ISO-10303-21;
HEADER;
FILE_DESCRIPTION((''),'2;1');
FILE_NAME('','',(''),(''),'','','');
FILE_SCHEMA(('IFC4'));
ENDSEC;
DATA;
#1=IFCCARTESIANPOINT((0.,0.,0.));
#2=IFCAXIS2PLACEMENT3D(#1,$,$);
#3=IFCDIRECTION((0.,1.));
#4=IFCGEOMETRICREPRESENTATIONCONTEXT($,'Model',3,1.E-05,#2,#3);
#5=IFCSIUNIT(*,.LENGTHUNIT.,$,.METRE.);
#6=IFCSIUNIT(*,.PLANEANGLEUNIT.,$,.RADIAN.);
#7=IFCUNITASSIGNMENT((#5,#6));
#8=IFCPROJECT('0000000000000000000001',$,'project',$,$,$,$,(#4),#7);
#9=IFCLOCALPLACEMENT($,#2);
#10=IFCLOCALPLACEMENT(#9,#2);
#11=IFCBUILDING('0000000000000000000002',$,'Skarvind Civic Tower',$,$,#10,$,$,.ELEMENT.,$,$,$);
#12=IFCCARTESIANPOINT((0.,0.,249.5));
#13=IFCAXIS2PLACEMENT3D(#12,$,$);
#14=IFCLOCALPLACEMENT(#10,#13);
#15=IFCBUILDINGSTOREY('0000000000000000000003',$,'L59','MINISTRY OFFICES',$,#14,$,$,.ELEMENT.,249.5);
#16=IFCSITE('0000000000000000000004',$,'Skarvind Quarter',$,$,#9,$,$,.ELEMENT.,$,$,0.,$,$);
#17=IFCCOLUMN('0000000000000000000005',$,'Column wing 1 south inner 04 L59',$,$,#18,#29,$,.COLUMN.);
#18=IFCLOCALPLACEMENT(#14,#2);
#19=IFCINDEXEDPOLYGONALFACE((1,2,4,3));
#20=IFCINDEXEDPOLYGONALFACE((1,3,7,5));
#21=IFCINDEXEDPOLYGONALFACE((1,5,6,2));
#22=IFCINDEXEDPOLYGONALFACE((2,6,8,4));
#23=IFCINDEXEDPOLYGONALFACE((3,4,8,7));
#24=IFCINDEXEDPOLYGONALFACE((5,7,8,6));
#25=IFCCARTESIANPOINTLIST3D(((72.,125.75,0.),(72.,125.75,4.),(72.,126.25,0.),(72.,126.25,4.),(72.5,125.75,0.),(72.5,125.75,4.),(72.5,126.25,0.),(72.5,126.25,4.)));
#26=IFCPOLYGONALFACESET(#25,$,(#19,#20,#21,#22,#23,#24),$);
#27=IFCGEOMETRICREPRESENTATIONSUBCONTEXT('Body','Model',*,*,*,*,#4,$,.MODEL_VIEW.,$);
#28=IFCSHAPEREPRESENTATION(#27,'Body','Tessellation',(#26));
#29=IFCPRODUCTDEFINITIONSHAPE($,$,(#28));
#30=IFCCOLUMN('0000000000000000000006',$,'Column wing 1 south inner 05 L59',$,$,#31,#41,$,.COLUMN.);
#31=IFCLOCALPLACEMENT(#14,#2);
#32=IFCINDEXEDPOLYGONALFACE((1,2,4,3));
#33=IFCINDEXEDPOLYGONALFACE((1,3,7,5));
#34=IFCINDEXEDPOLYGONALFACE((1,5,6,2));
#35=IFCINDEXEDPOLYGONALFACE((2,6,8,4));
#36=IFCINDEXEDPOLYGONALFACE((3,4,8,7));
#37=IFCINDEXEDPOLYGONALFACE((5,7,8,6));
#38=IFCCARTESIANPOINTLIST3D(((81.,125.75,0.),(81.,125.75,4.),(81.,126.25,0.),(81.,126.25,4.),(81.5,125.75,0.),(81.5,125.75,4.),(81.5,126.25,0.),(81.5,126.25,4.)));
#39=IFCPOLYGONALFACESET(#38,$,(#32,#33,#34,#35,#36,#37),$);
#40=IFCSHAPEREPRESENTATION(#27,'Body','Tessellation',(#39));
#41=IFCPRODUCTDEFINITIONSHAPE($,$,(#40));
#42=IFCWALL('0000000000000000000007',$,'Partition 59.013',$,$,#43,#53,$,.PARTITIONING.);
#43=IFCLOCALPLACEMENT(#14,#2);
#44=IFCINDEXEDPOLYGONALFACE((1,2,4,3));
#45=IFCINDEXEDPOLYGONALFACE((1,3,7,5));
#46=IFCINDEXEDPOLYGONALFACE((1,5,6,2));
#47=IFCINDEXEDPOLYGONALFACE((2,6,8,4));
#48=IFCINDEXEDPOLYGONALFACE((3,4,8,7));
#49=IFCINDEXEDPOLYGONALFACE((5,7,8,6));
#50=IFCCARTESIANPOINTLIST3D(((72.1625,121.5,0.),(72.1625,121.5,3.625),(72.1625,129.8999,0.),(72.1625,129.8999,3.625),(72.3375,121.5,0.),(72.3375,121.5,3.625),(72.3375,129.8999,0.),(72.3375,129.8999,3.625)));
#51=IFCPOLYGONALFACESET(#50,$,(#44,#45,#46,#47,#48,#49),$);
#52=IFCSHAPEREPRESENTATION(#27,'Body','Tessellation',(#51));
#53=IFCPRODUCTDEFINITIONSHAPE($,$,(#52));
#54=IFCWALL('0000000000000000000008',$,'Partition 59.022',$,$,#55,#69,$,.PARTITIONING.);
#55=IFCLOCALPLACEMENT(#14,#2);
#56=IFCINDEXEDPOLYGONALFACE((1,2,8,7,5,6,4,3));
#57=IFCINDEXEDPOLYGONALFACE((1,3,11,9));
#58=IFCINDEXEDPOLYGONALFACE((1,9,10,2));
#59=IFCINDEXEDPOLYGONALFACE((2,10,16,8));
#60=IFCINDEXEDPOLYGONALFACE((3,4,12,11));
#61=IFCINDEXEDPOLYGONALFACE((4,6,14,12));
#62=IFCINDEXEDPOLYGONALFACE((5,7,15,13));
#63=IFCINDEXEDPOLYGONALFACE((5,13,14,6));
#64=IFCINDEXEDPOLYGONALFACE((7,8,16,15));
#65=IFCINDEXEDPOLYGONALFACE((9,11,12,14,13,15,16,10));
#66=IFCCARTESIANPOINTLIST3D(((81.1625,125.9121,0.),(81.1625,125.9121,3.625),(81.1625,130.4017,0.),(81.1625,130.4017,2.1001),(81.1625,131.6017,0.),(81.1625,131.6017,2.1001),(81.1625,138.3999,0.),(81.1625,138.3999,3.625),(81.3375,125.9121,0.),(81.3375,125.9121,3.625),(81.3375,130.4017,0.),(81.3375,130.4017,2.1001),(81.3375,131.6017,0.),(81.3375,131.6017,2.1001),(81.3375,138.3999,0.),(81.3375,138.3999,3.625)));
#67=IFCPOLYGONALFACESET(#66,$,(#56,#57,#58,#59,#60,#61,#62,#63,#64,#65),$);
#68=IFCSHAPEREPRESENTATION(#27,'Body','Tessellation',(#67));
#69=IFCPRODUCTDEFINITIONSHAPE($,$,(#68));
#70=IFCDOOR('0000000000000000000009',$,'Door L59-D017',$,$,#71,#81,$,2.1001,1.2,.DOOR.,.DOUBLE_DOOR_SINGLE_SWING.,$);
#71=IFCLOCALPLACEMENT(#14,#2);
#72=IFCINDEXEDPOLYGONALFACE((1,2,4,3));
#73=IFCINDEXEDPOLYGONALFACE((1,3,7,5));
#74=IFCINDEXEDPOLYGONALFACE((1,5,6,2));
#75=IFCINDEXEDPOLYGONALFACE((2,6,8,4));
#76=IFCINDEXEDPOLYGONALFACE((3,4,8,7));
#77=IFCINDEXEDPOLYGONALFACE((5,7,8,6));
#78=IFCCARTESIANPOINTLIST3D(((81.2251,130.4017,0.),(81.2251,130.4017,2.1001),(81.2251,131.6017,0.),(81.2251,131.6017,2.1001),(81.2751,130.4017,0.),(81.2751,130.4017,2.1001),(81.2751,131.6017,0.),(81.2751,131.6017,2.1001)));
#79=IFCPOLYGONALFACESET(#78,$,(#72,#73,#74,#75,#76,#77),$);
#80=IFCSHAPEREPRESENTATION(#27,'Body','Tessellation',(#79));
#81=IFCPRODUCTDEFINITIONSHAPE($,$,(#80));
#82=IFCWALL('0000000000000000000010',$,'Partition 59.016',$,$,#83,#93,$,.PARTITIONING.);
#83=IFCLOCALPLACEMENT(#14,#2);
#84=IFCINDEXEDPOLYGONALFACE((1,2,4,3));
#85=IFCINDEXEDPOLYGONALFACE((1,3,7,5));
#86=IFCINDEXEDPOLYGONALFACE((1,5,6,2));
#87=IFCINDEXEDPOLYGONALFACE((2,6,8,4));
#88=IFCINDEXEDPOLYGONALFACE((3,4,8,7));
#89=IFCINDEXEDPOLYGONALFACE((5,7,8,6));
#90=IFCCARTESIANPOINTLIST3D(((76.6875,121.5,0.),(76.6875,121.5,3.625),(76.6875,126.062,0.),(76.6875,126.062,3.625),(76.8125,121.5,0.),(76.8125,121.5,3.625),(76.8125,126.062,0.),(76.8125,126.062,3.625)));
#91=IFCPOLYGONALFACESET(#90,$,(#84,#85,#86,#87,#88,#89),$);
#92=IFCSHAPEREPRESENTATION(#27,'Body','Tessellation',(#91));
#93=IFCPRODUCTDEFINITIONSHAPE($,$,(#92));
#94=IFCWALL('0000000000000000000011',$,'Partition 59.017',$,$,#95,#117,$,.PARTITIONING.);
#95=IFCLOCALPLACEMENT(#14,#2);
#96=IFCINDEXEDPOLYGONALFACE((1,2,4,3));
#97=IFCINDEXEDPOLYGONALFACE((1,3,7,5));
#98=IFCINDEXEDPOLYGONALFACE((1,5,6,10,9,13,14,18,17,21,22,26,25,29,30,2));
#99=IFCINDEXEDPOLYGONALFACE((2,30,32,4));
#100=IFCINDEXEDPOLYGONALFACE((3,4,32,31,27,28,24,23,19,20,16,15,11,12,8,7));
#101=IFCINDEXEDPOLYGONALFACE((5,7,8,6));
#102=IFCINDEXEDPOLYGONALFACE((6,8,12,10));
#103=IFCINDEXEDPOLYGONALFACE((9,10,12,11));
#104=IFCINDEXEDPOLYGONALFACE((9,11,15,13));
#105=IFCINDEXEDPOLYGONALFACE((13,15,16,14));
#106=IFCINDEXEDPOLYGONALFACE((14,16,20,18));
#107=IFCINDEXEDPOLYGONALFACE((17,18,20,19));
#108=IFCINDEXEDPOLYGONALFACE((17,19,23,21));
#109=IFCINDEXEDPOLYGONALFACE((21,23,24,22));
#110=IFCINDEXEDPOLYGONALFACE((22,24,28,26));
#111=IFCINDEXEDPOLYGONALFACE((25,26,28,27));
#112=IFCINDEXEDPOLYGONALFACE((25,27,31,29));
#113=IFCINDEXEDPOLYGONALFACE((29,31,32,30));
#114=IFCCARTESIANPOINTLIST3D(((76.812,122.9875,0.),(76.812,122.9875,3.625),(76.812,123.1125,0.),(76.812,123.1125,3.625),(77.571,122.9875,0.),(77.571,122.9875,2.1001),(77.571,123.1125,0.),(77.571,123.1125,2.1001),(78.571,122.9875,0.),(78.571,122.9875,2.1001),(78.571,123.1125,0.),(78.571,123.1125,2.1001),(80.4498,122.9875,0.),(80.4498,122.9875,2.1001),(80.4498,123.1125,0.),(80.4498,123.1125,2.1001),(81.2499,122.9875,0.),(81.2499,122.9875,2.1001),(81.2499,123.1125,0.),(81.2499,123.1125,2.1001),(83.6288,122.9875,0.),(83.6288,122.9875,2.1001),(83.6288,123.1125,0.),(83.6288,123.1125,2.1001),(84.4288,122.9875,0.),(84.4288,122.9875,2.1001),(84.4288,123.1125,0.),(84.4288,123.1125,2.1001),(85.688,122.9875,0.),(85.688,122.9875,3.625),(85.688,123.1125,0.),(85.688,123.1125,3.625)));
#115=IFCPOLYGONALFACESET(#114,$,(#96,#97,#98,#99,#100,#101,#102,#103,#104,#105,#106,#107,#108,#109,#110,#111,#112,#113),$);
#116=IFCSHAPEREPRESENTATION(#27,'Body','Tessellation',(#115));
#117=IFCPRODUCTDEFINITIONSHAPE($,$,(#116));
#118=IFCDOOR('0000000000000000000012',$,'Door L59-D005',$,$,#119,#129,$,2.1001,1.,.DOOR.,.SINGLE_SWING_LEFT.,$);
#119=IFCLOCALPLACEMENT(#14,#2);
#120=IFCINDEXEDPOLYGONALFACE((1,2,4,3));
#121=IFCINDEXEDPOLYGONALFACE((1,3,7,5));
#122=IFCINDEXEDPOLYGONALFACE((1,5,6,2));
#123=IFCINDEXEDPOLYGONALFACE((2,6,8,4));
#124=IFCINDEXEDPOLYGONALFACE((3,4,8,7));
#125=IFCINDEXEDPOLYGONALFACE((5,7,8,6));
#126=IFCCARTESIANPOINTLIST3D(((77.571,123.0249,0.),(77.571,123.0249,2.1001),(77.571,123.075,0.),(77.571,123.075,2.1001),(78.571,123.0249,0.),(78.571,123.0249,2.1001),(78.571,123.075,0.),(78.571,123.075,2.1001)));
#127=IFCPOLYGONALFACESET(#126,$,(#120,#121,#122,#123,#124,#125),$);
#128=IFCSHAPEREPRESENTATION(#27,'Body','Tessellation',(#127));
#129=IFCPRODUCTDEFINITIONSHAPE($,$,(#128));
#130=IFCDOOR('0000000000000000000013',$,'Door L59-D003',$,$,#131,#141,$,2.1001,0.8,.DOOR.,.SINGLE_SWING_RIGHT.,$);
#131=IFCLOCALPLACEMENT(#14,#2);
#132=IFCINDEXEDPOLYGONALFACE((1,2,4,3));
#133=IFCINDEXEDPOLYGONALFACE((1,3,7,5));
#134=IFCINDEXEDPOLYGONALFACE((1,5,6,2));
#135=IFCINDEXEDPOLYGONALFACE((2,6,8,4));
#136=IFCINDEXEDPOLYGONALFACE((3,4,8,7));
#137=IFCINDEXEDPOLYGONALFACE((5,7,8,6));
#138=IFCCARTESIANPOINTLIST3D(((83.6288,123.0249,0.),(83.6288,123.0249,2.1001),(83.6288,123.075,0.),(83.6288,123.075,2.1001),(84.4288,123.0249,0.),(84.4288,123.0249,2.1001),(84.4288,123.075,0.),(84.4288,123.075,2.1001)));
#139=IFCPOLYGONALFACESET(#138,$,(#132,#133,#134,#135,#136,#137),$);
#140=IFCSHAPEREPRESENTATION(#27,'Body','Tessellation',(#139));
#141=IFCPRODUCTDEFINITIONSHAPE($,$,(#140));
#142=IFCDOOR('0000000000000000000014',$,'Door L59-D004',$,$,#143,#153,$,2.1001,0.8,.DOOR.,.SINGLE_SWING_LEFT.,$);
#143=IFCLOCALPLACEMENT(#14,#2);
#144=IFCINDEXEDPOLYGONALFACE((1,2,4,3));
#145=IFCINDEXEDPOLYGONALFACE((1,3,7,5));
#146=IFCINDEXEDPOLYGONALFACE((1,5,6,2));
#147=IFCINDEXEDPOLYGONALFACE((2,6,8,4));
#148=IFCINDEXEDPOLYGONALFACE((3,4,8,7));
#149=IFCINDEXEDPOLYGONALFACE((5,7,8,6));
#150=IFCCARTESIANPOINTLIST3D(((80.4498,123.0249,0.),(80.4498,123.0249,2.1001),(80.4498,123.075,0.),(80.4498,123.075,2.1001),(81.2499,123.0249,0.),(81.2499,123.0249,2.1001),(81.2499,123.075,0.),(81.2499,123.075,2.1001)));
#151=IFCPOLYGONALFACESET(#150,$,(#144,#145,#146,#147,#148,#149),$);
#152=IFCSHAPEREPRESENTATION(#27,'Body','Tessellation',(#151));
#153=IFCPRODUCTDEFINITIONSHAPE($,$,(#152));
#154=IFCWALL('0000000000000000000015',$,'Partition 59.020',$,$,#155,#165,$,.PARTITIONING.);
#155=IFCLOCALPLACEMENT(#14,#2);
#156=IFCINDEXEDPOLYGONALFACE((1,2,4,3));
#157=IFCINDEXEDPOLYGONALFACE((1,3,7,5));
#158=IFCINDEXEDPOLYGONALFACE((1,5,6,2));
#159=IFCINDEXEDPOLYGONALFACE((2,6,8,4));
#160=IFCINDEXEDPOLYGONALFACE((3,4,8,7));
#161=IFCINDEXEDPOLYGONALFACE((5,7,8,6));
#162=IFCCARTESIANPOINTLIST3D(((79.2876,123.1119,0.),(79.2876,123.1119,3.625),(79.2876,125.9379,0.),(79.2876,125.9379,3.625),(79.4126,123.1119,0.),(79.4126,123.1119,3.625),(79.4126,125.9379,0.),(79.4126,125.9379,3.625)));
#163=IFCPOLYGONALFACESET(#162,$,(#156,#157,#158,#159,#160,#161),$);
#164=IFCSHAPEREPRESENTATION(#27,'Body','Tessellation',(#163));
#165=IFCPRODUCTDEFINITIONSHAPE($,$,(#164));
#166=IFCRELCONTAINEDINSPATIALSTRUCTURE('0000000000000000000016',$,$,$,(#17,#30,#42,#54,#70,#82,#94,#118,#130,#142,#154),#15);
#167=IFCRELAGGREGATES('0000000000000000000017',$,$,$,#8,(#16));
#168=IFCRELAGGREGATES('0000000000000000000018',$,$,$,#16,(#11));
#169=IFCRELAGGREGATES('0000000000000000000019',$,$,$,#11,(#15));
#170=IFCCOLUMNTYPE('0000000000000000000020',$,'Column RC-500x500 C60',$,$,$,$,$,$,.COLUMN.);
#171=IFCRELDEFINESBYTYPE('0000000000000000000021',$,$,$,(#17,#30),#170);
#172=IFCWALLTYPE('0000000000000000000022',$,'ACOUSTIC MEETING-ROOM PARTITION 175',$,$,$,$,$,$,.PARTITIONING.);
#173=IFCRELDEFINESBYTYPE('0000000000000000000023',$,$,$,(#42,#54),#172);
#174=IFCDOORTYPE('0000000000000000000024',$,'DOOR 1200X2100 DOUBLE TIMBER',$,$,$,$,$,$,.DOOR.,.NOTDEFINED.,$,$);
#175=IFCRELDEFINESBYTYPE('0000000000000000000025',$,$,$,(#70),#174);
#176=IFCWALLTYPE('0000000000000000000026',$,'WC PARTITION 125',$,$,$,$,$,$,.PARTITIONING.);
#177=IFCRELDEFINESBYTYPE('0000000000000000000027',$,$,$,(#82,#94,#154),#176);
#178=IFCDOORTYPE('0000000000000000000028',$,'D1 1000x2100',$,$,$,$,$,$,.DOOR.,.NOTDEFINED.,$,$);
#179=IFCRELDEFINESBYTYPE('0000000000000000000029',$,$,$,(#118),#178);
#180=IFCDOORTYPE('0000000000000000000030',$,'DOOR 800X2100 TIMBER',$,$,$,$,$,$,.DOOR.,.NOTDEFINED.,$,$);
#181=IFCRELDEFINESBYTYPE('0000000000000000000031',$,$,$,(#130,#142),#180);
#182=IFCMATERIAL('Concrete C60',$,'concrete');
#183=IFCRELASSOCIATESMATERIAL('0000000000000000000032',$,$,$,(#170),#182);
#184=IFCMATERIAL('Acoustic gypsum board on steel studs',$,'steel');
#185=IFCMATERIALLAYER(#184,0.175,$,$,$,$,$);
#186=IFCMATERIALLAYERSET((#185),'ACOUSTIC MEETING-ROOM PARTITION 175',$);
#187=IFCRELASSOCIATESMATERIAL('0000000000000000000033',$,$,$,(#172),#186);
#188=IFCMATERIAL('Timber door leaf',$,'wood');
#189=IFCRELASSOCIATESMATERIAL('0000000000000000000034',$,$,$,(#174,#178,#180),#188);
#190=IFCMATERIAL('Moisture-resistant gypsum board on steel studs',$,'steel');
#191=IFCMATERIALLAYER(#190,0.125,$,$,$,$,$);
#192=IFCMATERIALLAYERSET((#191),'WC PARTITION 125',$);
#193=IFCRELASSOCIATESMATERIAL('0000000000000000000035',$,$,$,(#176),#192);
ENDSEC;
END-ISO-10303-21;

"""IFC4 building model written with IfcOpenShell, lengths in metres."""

from ifc_helpers import new_model, si_unit, direction, frame, frame_2d, origin, origin_2d, place, context, subcontext, project, spatial, rectangle, extrude, material, layer, layer_set, material_profile, profile_set, type_object, element, fill, save


model = new_model("IFC4")

# Units and contexts
model_context = context("Model", 3, precision=1e-05, world=origin(), true_north=direction((0.0, 1.0)))
body_context = subcontext(model_context, "Body", "Model", "MODEL_VIEW")
ifc_project = project(units=[si_unit("LENGTHUNIT", "METRE"), si_unit("PLANEANGLEUNIT", "RADIAN")], contexts=[model_context])

# Site, building, storey
site_placement = place(None, origin())
site = spatial("IfcSite", under=ifc_project, at=site_placement, Name="Skarvind Quarter", CompositionType="ELEMENT", RefElevation=0.0)
building_placement = place(site_placement, origin())
building = spatial("IfcBuilding", under=site, at=building_placement, Name="Skarvind Civic Tower", CompositionType="ELEMENT")
storey_placement = place(building_placement, frame((0.0, 0.0, 249.5)))
storey = spatial("IfcBuildingStorey", under=building, at=storey_placement, Name="L59", Description="MINISTRY OFFICES", CompositionType="ELEMENT", Elevation=249.5)

# Columns
ifc_material_1 = material(Name="Concrete C60", Category="concrete")
ifc_material_profile = material_profile(ifc_material_1, rectangle(XDim=0.5, YDim=0.5, at=origin_2d()), Name="RC-500x500")
ifc_profile_set = profile_set([ifc_material_profile], Name="Concrete C60")
column_type = type_object("IfcColumnType", Name="Column RC-500x500 C60", PredefinedType="COLUMN", material=ifc_profile_set)
for number, where, z_axis, x_axis, name in (
    (1, (72.25, 126.0, 0.0), (0.0, 0.0, 1.0), (1.0, 0.0, 0.0), "Column wing 1 south inner 04 L59"),
    (2, (81.25, 126.0, 0.0), (0.0, 0.0, 1.0), (1.0, 0.0, 0.0), "Column wing 1 south inner 05 L59"),
):
    element("IfcColumn", number, at=place(storey_placement, frame(where, z_axis=z_axis, x_axis=x_axis)), inside=storey, type_object=column_type, Name=name, PredefinedType="COLUMN", context=body_context, shape_type="SweptSolid", body=[
        extrude(rectangle(XDim=0.5, YDim=0.5, at=origin_2d()), origin(), (0.0, 0.0, 1.0), 4.0),
    ])

# Wall
ifc_material_2 = material(Name="Acoustic gypsum board on steel studs", Category="steel")
ifc_layer_1 = layer(ifc_material_2, 0.175)
ifc_layer_set_1 = layer_set([ifc_layer_1], Name="ACOUSTIC MEETING-ROOM PARTITION 175")
wall_type_1 = type_object("IfcWallType", Name="ACOUSTIC MEETING-ROOM PARTITION 175", PredefinedType="PARTITIONING", material=ifc_layer_set_1)
wall_1_placement = place(storey_placement, frame((72.25, 121.5, 0.0), z_axis=(0.0, 0.0, 1.0), x_axis=(0.0, 1.0, 0.0)))
element("IfcWall", 3, at=wall_1_placement, inside=storey, type_object=wall_type_1, Name="Partition 59.013", PredefinedType="PARTITIONING", context=body_context, shape_type="SweptSolid", body=[
    extrude(rectangle(XDim=8.3999, YDim=0.175, at=frame_2d((4.2, 0.0))), origin(), (0.0, 0.0, 1.0), 3.625),
])

# Wall, opening, door
wall_2_placement = place(storey_placement, frame((81.25, 125.9121, 0.0), z_axis=(0.0, 0.0, 1.0), x_axis=(0.0, 1.0, 0.0)))
wall_2 = element("IfcWall", 4, at=wall_2_placement, inside=storey, type_object=wall_type_1, Name="Partition 59.022", PredefinedType="PARTITIONING", context=body_context, shape_type="SweptSolid", body=[
    extrude(rectangle(XDim=12.4878, YDim=0.175, at=frame_2d((6.2439, 0.0))), origin(), (0.0, 0.0, 1.0), 3.625),
])
opening_1_placement = place(wall_2_placement, frame((4.4895, 0.0, 0.0)))
opening_1 = element("IfcOpeningElement", 5, at=opening_1_placement, cuts=wall_2, PredefinedType="OPENING", context=body_context, shape_type="SweptSolid", body=[
    extrude(rectangle(XDim=1.2, YDim=2.1001, at=frame_2d((0.6001, 1.05))), frame((0.0, 0.0974, 0.0), z_axis=(0.0, -1.0, 0.0), x_axis=(1.0, 0.0, 0.0)), (0.0, 0.0, 1.0), 0.1951),
])
ifc_material_3 = material(Name="Timber door leaf", Category="wood")
door_type_1 = type_object("IfcDoorType", Name="DOOR 1200X2100 DOUBLE TIMBER", OperationType="NOTDEFINED", PredefinedType="DOOR", material=ifc_material_3)
door_1_placement = place(opening_1_placement, origin())
door_1 = element("IfcDoor", 6, at=door_1_placement, inside=storey, type_object=door_type_1, Name="Door L59-D017", OperationType="DOUBLE_DOOR_SINGLE_SWING", OverallHeight=2.1001, OverallWidth=1.2, PredefinedType="DOOR", context=body_context, shape_type="SweptSolid", body=[
    extrude(rectangle(XDim=1.2, YDim=2.1001, at=frame_2d((0.6001, 1.05))), frame((0.0, 0.0249, 0.0), z_axis=(0.0, -1.0, 0.0), x_axis=(1.0, 0.0, 0.0)), (0.0, 0.0, 1.0), 0.05),
])
fill(opening_1, door_1)

# Wall
ifc_material_4 = material(Name="Moisture-resistant gypsum board on steel studs", Category="steel")
ifc_layer_2 = layer(ifc_material_4, 0.125)
ifc_layer_set_2 = layer_set([ifc_layer_2], Name="WC PARTITION 125")
wall_type_2 = type_object("IfcWallType", Name="WC PARTITION 125", PredefinedType="PARTITIONING", material=ifc_layer_set_2)
wall_3_placement = place(storey_placement, frame((76.75, 121.5, 0.0), z_axis=(0.0, 0.0, 1.0), x_axis=(0.0, 1.0, 0.0)))
element("IfcWall", 7, at=wall_3_placement, inside=storey, type_object=wall_type_2, Name="Partition 59.016", PredefinedType="PARTITIONING", context=body_context, shape_type="SweptSolid", body=[
    extrude(rectangle(XDim=4.562, YDim=0.125, at=frame_2d((2.281, 0.0))), origin(), (0.0, 0.0, 1.0), 3.625),
])

# Wall, openings, doors
wall_4_placement = place(storey_placement, frame((76.812, 123.05, 0.0), z_axis=(0.0, 0.0, 1.0), x_axis=(1.0, 0.0, 0.0)))
wall_4 = element("IfcWall", 8, at=wall_4_placement, inside=storey, type_object=wall_type_2, Name="Partition 59.017", PredefinedType="PARTITIONING", context=body_context, shape_type="SweptSolid", body=[
    extrude(rectangle(XDim=8.876, YDim=0.125, at=frame_2d((4.438, 0.0))), origin(), (0.0, 0.0, 1.0), 3.625),
])
opening_2_placement = place(wall_4_placement, frame((6.8169, 0.0, 0.0)))
opening_2 = element("IfcOpeningElement", 9, at=opening_2_placement, cuts=wall_4, PredefinedType="OPENING", context=body_context, shape_type="SweptSolid", body=[
    extrude(rectangle(XDim=0.8, YDim=2.1001, at=frame_2d((0.3999, 1.05))), frame((0.0, 0.0725, 0.0), z_axis=(0.0, -1.0, 0.0), x_axis=(1.0, 0.0, 0.0)), (0.0, 0.0, 1.0), 0.145),
])
opening_3_placement = place(wall_4_placement, frame((3.6379, 0.0, 0.0)))
opening_3 = element("IfcOpeningElement", 10, at=opening_3_placement, cuts=wall_4, PredefinedType="OPENING", context=body_context, shape_type="SweptSolid", body=[
    extrude(rectangle(XDim=0.8, YDim=2.1001, at=frame_2d((0.3999, 1.05))), frame((0.0, 0.0725, 0.0), z_axis=(0.0, -1.0, 0.0), x_axis=(1.0, 0.0, 0.0)), (0.0, 0.0, 1.0), 0.145),
])
opening_4_placement = place(wall_4_placement, frame((0.759, 0.0, 0.0)))
opening_4 = element("IfcOpeningElement", 11, at=opening_4_placement, cuts=wall_4, PredefinedType="OPENING", context=body_context, shape_type="SweptSolid", body=[
    extrude(rectangle(XDim=1.0, YDim=2.1001, at=frame_2d((0.5, 1.05))), frame((0.0, 0.0725, 0.0), z_axis=(0.0, -1.0, 0.0), x_axis=(1.0, 0.0, 0.0)), (0.0, 0.0, 1.0), 0.145),
])
door_type_2 = type_object("IfcDoorType", Name="D1 1000x2100", OperationType="NOTDEFINED", PredefinedType="DOOR", material=ifc_material_3)
door_2_placement = place(opening_4_placement, origin())
door_2 = element("IfcDoor", 12, at=door_2_placement, inside=storey, type_object=door_type_2, Name="Door L59-D005", OperationType="SINGLE_SWING_LEFT", OverallHeight=2.1001, OverallWidth=1.0, PredefinedType="DOOR", context=body_context, shape_type="SweptSolid", body=[
    extrude(rectangle(XDim=1.0, YDim=2.1001, at=frame_2d((0.5, 1.05))), frame((0.0, 0.0249, 0.0), z_axis=(0.0, -1.0, 0.0), x_axis=(1.0, 0.0, 0.0)), (0.0, 0.0, 1.0), 0.05),
])
fill(opening_4, door_2)
door_type_3 = type_object("IfcDoorType", Name="DOOR 800X2100 TIMBER", OperationType="NOTDEFINED", PredefinedType="DOOR", material=ifc_material_3)
door_3_placement = place(opening_2_placement, origin())
door_3 = element("IfcDoor", 13, at=door_3_placement, inside=storey, type_object=door_type_3, Name="Door L59-D003", OperationType="SINGLE_SWING_RIGHT", OverallHeight=2.1001, OverallWidth=0.8, PredefinedType="DOOR", context=body_context, shape_type="SweptSolid", body=[
    extrude(rectangle(XDim=0.8, YDim=2.1001, at=frame_2d((0.3999, 1.05))), frame((0.0, 0.0249, 0.0), z_axis=(0.0, -1.0, 0.0), x_axis=(1.0, 0.0, 0.0)), (0.0, 0.0, 1.0), 0.05),
])
fill(opening_2, door_3)
door_4_placement = place(opening_3_placement, origin())
door_4 = element("IfcDoor", 14, at=door_4_placement, inside=storey, type_object=door_type_3, Name="Door L59-D004", OperationType="SINGLE_SWING_LEFT", OverallHeight=2.1001, OverallWidth=0.8, PredefinedType="DOOR", context=body_context, shape_type="SweptSolid", body=[
    extrude(rectangle(XDim=0.8, YDim=2.1001, at=frame_2d((0.3999, 1.05))), frame((0.0, 0.0249, 0.0), z_axis=(0.0, -1.0, 0.0), x_axis=(1.0, 0.0, 0.0)), (0.0, 0.0, 1.0), 0.05),
])
fill(opening_3, door_4)

# Wall
wall_5_placement = place(storey_placement, frame((79.3501, 125.938, 0.0), z_axis=(0.0, 0.0, 1.0), x_axis=(0.0, -1.0, 0.0)))
element("IfcWall", 15, at=wall_5_placement, inside=storey, type_object=wall_type_2, Name="Partition 59.020", PredefinedType="PARTITIONING", context=body_context, shape_type="SweptSolid", body=[
    extrude(rectangle(XDim=2.8259, YDim=0.125, at=frame_2d((1.4131, 0.0))), origin(), (0.0, 0.0, 1.0), 3.625),
])

save(model, "model.ifc")
